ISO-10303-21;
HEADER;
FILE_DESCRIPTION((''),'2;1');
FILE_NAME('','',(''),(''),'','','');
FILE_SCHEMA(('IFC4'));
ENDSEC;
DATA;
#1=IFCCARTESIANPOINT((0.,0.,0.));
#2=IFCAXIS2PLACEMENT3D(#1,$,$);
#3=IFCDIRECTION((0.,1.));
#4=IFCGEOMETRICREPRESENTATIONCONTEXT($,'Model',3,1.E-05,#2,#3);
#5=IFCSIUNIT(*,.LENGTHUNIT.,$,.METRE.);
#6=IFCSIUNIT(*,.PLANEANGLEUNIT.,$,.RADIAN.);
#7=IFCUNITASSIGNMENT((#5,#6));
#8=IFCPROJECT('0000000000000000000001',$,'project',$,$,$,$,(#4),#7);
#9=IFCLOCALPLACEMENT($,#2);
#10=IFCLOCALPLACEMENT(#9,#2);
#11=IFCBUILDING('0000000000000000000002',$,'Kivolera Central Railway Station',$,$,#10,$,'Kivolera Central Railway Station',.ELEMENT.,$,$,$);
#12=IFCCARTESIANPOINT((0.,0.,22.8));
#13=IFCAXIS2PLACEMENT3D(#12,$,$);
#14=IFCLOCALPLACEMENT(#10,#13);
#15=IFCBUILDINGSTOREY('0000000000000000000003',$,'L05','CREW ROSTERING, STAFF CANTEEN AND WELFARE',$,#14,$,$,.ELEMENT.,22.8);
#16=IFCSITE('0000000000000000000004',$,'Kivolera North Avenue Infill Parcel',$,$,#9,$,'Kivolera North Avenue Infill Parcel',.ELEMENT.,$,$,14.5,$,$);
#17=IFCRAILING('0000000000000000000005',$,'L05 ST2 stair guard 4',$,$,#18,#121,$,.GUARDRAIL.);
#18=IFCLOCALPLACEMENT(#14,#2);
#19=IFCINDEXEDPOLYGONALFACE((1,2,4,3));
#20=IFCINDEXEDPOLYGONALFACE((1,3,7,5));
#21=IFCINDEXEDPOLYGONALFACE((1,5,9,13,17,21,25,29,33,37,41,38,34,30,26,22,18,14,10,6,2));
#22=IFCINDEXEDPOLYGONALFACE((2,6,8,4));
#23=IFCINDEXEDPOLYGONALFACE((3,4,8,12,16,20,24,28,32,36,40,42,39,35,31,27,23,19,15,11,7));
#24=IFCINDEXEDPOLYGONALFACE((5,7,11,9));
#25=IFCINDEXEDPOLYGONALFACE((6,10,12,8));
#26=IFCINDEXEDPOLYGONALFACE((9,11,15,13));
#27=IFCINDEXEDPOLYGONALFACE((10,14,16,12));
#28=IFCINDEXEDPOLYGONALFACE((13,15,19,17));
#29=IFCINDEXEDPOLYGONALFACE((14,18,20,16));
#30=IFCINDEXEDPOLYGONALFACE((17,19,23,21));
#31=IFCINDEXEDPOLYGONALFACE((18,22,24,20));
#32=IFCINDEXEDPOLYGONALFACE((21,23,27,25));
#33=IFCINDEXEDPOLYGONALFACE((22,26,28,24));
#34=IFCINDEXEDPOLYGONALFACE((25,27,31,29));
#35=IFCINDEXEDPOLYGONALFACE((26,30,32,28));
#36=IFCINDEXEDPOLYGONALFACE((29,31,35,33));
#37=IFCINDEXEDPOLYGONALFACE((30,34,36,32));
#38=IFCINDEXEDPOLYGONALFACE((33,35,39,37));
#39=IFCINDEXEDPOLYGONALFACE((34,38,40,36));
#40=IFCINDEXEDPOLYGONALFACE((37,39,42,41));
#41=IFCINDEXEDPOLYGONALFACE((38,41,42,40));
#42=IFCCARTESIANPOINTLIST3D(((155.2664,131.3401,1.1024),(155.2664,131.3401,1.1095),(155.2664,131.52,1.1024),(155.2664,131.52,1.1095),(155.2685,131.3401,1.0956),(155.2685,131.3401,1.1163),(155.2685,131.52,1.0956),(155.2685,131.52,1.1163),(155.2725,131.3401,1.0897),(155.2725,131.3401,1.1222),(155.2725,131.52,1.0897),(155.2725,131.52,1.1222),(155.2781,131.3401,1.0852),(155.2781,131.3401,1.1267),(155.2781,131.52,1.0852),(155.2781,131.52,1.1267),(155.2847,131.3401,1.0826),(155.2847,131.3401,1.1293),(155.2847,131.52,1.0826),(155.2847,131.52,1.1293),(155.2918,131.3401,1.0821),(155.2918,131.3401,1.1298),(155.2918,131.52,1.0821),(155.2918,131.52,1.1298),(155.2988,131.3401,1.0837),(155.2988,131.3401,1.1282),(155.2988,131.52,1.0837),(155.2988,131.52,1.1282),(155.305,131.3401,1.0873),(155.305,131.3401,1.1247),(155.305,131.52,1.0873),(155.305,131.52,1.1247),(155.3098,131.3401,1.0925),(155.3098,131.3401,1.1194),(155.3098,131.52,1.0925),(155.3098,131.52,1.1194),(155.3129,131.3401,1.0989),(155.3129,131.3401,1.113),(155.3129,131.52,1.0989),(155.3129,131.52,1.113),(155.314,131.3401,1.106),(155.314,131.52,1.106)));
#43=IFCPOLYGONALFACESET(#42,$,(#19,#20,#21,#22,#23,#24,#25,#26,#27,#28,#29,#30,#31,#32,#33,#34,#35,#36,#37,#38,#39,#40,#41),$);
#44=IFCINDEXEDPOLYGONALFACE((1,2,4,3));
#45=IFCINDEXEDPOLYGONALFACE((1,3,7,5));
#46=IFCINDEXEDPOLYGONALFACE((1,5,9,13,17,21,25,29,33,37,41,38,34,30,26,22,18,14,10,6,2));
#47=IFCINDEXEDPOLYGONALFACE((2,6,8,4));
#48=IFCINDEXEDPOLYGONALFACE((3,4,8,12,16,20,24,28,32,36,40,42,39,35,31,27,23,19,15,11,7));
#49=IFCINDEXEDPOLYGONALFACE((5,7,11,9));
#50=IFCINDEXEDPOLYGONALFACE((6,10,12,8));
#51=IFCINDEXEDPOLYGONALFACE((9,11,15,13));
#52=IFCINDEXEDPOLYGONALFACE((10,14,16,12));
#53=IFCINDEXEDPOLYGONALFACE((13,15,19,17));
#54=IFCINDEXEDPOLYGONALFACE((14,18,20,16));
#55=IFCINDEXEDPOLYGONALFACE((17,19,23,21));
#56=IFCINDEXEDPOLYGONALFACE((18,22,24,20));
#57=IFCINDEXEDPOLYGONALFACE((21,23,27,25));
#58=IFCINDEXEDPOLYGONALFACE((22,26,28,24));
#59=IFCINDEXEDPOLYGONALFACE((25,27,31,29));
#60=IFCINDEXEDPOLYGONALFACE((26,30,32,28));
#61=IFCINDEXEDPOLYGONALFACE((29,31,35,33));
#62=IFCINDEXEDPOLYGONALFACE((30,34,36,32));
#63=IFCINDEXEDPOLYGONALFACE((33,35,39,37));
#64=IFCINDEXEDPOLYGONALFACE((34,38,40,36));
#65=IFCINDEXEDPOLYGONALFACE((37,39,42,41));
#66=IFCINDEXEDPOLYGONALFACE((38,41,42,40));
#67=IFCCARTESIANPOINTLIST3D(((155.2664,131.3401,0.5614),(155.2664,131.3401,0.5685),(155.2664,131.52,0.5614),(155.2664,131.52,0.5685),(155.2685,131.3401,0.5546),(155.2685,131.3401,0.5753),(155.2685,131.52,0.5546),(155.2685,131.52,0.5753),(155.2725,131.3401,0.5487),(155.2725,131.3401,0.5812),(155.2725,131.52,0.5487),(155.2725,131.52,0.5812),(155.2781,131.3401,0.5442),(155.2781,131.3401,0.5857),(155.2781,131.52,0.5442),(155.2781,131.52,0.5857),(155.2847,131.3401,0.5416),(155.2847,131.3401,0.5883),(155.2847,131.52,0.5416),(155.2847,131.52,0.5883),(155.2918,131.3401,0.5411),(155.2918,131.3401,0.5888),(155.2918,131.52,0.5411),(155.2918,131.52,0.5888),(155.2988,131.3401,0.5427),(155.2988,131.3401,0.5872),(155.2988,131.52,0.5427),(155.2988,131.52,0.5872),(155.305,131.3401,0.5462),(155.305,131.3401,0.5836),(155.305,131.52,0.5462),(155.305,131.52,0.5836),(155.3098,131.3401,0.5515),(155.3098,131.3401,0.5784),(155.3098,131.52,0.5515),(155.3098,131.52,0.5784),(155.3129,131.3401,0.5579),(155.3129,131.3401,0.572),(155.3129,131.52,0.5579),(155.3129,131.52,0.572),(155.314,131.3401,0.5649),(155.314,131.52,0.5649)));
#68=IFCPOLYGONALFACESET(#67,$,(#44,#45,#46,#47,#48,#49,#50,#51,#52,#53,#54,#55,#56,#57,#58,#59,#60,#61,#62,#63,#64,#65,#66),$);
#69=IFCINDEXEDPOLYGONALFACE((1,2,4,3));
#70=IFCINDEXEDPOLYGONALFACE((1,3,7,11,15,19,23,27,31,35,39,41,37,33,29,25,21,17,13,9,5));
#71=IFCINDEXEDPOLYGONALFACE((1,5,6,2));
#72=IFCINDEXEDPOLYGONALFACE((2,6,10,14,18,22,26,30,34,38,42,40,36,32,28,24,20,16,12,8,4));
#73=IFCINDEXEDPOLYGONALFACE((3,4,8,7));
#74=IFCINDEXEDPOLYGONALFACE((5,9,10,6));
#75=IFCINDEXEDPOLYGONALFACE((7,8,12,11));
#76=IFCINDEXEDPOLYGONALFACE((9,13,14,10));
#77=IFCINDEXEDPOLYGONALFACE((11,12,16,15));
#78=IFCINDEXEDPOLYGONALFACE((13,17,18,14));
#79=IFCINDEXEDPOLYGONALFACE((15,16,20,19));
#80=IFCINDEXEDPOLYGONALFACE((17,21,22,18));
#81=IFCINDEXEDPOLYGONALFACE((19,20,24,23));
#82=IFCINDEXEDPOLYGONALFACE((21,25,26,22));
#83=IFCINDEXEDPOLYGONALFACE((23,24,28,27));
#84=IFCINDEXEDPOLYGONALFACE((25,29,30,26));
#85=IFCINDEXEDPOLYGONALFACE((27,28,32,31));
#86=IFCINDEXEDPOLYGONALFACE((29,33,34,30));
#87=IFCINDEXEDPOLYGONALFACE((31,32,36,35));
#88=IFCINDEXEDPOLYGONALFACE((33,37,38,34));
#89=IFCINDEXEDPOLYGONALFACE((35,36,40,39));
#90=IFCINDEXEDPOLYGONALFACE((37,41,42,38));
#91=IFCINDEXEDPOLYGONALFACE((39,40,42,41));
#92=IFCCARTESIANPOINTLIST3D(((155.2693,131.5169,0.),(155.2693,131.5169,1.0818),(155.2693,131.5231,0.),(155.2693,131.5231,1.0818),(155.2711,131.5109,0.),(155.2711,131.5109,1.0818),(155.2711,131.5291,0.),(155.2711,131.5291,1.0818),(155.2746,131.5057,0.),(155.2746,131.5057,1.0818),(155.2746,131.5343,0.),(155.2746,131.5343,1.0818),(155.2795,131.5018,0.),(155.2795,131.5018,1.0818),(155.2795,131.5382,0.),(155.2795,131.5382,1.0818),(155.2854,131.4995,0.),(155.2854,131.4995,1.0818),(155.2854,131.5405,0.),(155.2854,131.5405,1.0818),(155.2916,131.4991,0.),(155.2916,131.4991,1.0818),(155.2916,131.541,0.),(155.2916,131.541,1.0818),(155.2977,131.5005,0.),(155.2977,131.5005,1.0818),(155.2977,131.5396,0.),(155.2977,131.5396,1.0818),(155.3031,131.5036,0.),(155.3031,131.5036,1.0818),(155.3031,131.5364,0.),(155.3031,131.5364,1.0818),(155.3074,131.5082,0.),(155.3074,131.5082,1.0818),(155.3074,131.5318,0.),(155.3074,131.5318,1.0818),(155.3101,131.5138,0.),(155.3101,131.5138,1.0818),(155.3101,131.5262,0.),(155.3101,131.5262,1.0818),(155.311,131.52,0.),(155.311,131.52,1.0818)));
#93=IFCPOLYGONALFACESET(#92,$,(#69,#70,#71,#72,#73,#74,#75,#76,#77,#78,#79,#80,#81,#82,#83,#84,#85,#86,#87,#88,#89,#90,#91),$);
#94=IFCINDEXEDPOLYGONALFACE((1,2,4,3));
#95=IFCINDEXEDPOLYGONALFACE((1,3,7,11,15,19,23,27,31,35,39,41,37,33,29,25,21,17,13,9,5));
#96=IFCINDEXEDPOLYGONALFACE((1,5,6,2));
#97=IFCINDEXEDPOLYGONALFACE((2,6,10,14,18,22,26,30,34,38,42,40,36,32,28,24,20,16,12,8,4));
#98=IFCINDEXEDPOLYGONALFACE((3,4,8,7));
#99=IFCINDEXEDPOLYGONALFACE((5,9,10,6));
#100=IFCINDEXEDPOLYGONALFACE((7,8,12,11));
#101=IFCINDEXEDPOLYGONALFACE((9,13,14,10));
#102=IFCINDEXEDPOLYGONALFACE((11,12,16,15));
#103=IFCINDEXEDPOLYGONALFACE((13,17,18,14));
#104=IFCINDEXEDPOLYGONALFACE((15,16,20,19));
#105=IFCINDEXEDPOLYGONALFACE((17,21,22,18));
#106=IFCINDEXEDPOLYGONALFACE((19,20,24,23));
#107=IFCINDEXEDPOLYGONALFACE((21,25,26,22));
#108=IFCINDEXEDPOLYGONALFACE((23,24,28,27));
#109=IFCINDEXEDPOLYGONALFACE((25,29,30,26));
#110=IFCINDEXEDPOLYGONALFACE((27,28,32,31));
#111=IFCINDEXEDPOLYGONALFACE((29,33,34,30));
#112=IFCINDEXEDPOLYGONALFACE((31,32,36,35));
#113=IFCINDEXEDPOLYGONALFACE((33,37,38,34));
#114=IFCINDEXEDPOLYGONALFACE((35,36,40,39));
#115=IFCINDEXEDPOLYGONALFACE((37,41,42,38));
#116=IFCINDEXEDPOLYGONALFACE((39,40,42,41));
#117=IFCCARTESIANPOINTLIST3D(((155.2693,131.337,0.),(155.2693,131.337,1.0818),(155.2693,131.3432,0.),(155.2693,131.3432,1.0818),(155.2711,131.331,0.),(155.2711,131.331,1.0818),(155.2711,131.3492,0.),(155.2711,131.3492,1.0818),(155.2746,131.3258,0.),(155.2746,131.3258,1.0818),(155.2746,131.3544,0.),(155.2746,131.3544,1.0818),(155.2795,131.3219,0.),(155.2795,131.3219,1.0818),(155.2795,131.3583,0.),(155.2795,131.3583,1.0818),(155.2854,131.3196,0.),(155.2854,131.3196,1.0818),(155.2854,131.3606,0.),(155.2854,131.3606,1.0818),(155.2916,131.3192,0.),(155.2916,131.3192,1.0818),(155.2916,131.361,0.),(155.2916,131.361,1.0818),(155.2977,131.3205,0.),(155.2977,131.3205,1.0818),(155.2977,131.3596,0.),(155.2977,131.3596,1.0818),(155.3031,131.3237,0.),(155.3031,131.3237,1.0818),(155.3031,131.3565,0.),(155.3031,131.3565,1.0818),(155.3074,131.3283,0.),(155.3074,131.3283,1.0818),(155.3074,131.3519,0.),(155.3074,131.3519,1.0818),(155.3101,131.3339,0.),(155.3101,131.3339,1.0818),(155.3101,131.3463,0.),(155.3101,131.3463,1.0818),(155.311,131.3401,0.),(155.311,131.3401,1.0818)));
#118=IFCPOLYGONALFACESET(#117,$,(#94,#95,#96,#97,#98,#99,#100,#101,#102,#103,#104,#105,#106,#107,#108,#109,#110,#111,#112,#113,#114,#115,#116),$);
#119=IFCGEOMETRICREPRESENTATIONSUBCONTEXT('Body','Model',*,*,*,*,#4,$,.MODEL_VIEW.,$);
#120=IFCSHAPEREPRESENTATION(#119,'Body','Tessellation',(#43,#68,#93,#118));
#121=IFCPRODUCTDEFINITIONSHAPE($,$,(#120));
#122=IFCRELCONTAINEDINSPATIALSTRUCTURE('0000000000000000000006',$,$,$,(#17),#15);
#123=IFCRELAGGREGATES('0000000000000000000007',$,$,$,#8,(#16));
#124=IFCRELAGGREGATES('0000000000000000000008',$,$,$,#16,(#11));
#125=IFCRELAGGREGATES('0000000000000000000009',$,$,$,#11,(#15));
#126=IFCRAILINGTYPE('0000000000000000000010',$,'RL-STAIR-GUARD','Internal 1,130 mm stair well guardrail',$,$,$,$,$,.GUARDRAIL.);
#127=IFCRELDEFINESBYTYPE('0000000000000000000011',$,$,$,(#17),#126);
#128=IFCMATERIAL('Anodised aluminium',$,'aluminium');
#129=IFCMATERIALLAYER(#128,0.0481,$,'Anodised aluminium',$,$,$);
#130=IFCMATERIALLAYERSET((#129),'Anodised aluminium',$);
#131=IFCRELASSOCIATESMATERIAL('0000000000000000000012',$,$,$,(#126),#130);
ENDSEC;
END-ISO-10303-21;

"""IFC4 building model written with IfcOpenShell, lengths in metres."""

from ifc_helpers import new_model, si_unit, direction, frame, origin, origin_2d, place, context, subcontext, project, spatial, circle, extrude, material, layer, layer_set, type_object, element, save


model = new_model("IFC4")

# Units and contexts
model_context = context("Model", 3, precision=1e-05, world=origin(), true_north=direction((0.0, 1.0)))
body_context = subcontext(model_context, "Body", "Model", "MODEL_VIEW")
ifc_project = project(units=[si_unit("LENGTHUNIT", "METRE"), si_unit("PLANEANGLEUNIT", "RADIAN")], contexts=[model_context])

# Site, building, storey
site_placement = place(None, origin())
site = spatial("IfcSite", under=ifc_project, at=site_placement, Name="Kivolera North Avenue Infill Parcel", LongName="Kivolera North Avenue Infill Parcel", CompositionType="ELEMENT", RefElevation=14.5)
building_placement = place(site_placement, origin())
building = spatial("IfcBuilding", under=site, at=building_placement, Name="Kivolera Central Railway Station", LongName="Kivolera Central Railway Station", CompositionType="ELEMENT")
storey_placement = place(building_placement, frame((0.0, 0.0, 22.8)))
storey = spatial("IfcBuildingStorey", under=building, at=storey_placement, Name="L05", Description="CREW ROSTERING, STAFF CANTEEN AND WELFARE", CompositionType="ELEMENT", Elevation=22.8)

# Shared definitions
ifc_material_1 = material(Name="Anodised aluminium", Category="aluminium")

# Railing
ifc_layer_1 = layer(ifc_material_1, 0.0481, Name="Anodised aluminium")
ifc_layer_set_1 = layer_set([ifc_layer_1], Name="Anodised aluminium")
railing_type_1 = type_object("IfcRailingType", Name="RL-STAIR-GUARD", Description="Internal 1,130 mm stair well guardrail", PredefinedType="GUARDRAIL", material=ifc_layer_set_1)
railing_1_placement = place(storey_placement, frame((155.29, 131.52, 0.0)))
element("IfcRailing", 1, at=railing_1_placement, inside=storey, type_object=railing_type_1, Name="L05 ST2 stair guard 4", PredefinedType="GUARDRAIL", context=body_context, shape_type="SweptSolid", body=[
    extrude(circle(Radius=0.0239, at=origin_2d()), frame((0.0, 0.0, 1.106), z_axis=(0.0, -1.0, 0.0), x_axis=(1.0, 0.0, 0.0)), (0.0, 0.0, 1.0), 0.1799),
    extrude(circle(Radius=0.0239, at=origin_2d()), frame((0.0, 0.0, 0.5649), z_axis=(0.0, -1.0, 0.0), x_axis=(1.0, 0.0, 0.0)), (0.0, 0.0, 1.0), 0.1799),
    extrude(circle(Radius=0.021, at=origin_2d()), origin(), (0.0, 0.0, 1.0), 1.0818),
    extrude(circle(Radius=0.021, at=origin_2d()), frame((0.0, -0.1799, 0.0)), (0.0, 0.0, 1.0), 1.0818),
])

save(model, "model.ifc")
